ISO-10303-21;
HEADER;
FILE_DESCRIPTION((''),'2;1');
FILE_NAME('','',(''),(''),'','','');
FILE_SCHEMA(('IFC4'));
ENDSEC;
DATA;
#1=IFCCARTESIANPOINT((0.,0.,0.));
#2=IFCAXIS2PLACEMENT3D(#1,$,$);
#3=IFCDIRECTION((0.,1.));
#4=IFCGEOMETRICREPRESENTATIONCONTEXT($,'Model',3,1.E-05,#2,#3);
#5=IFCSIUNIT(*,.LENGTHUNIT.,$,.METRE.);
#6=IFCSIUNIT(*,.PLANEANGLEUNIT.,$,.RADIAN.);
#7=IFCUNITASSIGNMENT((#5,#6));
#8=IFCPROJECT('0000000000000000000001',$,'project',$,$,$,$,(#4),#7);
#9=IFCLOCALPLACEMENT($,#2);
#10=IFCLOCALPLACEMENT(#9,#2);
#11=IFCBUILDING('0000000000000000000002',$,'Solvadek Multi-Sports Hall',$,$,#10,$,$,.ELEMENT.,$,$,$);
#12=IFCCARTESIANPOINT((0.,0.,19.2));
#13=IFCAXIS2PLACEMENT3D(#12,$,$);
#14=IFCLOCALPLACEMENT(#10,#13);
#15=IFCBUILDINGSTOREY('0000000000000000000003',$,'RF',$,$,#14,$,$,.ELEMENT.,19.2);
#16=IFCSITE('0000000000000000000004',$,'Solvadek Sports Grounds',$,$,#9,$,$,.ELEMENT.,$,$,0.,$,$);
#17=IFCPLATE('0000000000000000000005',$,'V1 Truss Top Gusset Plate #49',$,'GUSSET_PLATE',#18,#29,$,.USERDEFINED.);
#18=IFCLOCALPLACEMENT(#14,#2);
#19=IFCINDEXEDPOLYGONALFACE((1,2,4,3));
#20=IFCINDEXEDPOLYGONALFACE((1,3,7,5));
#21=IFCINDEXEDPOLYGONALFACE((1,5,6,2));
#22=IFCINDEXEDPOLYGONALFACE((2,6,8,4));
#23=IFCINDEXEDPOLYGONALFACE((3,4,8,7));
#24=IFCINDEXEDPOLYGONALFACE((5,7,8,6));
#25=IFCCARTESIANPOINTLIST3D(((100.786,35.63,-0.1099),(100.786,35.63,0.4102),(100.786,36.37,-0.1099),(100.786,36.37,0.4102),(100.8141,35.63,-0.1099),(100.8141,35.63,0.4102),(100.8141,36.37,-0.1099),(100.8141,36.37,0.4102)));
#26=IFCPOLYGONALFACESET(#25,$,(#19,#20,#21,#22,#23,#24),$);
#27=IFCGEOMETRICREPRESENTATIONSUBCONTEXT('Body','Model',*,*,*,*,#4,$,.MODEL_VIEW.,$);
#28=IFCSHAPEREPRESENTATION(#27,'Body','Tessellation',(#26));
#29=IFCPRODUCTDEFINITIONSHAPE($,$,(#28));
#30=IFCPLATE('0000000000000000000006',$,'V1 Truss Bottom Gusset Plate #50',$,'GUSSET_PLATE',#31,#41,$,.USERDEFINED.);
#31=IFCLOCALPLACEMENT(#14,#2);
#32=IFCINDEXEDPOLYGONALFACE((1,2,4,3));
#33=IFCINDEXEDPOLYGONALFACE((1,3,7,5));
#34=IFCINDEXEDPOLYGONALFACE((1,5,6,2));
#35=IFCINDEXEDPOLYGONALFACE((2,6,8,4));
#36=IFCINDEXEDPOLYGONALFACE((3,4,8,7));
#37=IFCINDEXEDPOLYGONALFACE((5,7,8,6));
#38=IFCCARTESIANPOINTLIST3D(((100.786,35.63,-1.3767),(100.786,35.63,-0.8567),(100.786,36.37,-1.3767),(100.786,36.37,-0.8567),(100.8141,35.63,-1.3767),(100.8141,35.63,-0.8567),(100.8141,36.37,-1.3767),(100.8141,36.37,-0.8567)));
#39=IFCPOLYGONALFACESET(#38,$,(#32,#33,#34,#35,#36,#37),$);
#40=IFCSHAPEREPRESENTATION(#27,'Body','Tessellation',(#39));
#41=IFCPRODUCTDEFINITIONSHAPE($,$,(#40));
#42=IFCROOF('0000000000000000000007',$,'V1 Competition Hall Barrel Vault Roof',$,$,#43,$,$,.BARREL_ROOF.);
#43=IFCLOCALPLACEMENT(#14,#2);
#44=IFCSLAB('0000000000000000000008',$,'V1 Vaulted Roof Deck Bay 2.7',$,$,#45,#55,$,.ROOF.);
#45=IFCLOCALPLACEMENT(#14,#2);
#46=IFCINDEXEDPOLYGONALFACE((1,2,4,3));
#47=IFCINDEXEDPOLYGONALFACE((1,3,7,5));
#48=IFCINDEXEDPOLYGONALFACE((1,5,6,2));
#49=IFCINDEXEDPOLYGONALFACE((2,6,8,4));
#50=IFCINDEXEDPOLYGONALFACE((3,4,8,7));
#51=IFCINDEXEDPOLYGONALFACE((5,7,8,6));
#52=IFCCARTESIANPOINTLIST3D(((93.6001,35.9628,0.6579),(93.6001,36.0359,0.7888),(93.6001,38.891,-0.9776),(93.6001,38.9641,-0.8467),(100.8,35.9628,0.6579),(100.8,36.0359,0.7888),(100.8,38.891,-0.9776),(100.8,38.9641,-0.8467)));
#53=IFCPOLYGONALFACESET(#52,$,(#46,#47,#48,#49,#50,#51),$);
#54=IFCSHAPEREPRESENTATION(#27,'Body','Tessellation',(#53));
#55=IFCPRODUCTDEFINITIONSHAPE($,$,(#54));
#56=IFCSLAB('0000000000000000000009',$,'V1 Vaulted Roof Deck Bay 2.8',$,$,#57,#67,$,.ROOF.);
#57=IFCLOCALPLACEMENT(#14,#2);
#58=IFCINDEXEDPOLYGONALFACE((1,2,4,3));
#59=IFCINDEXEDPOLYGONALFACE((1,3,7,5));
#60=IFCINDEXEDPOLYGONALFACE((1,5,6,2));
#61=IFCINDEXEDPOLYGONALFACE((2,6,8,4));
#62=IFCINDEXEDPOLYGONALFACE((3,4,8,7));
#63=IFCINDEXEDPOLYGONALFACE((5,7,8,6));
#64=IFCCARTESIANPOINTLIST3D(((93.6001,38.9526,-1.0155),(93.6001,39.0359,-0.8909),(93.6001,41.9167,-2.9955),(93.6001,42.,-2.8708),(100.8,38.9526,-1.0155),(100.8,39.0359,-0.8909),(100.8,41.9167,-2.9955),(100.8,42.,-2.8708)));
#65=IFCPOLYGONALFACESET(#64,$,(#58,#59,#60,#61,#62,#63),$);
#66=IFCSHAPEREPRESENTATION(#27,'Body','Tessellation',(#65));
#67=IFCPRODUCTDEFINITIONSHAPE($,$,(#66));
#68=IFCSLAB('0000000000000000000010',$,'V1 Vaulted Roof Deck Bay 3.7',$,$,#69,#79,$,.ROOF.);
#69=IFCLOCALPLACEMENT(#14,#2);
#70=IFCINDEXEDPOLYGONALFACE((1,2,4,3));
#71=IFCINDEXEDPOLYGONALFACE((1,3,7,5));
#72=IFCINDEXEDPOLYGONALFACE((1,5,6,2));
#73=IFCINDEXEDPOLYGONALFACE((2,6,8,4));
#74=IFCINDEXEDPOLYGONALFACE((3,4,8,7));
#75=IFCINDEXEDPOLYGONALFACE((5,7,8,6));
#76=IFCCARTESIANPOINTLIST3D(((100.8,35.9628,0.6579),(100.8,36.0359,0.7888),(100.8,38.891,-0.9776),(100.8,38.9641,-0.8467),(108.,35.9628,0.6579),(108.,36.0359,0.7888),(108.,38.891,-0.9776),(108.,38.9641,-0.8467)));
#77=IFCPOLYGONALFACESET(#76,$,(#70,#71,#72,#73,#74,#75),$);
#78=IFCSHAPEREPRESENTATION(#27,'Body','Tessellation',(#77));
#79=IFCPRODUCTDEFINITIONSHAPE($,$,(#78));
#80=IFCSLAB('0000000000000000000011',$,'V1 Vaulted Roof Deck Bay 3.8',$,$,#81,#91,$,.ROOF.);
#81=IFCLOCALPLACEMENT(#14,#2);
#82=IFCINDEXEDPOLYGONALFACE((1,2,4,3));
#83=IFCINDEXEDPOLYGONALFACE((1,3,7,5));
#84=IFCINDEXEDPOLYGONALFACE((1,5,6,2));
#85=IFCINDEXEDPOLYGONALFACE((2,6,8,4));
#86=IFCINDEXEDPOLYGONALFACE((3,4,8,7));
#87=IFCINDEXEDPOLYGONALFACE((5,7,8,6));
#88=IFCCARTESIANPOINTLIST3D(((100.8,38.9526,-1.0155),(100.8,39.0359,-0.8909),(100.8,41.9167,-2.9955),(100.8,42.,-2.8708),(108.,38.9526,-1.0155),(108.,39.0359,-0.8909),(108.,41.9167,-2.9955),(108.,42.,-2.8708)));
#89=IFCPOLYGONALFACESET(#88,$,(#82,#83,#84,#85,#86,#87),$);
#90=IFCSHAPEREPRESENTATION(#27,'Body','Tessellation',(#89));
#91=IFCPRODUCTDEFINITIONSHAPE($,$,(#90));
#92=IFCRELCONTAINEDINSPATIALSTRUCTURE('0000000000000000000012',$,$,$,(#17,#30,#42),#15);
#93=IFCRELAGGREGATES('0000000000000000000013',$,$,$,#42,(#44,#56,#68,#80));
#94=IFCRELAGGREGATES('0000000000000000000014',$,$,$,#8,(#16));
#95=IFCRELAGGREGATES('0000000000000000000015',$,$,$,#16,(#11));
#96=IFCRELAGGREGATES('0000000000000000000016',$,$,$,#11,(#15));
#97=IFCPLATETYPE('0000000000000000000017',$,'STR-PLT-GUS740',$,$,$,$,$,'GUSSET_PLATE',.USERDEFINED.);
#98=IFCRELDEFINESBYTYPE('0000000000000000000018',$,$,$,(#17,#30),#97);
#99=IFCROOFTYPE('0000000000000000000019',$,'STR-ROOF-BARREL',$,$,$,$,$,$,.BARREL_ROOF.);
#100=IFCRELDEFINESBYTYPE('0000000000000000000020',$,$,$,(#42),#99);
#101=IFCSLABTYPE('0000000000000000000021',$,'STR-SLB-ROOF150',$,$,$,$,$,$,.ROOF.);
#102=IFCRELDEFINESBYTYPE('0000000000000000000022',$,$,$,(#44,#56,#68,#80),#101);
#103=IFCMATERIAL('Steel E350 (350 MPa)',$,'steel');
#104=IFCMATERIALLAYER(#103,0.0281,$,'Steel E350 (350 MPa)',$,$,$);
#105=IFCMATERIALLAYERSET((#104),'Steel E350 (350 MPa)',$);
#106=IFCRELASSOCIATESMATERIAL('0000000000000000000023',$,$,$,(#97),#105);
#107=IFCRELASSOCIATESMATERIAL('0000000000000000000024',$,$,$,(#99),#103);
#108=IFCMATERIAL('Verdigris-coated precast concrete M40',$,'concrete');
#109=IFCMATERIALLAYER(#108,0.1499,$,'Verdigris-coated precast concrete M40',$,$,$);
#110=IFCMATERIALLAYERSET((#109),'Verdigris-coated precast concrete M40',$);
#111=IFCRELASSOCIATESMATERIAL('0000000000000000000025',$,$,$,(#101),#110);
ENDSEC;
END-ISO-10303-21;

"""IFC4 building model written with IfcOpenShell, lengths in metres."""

from ifc_helpers import new_model, si_unit, direction, frame, origin, origin_2d, place, context, subcontext, project, spatial, polyline, rectangle, outline, extrude, material, layer, layer_set, type_object, element, aggregate, save


model = new_model("IFC4")

# Units and contexts
model_context = context("Model", 3, precision=1e-05, world=origin(), true_north=direction((0.0, 1.0)))
body_context = subcontext(model_context, "Body", "Model", "MODEL_VIEW")
ifc_project = project(units=[si_unit("LENGTHUNIT", "METRE"), si_unit("PLANEANGLEUNIT", "RADIAN")], contexts=[model_context])

# Site, building, storey
site_placement = place(None, origin())
site = spatial("IfcSite", under=ifc_project, at=site_placement, Name="Solvadek Sports Grounds", CompositionType="ELEMENT", RefElevation=0.0)
building_placement = place(site_placement, origin())
building = spatial("IfcBuilding", under=site, at=building_placement, Name="Solvadek Multi-Sports Hall", CompositionType="ELEMENT")
storey_placement = place(building_placement, frame((0.0, 0.0, 19.2)))
storey = spatial("IfcBuildingStorey", under=building, at=storey_placement, Name="RF", CompositionType="ELEMENT", Elevation=19.2)

# Shared definitions
ifc_material_1 = material(Name="Steel E350 (350 MPa)", Category="steel")

# Plates
ifc_layer_1 = layer(ifc_material_1, 0.0281, Name="Steel E350 (350 MPa)")
ifc_layer_set_1 = layer_set([ifc_layer_1], Name="Steel E350 (350 MPa)")
plate_type_1 = type_object("IfcPlateType", Name="STR-PLT-GUS740", ElementType="GUSSET_PLATE", PredefinedType="USERDEFINED", material=ifc_layer_set_1)
for number, where, z_axis, x_axis, name in (
    (1, (100.8, 36.0, -0.1099), (0.0, 0.0, 1.0), (0.0, 1.0, 0.0), "V1 Truss Top Gusset Plate #49"),
    (2, (100.8, 36.0, -1.3767), (0.0, 0.0, 1.0), (0.0, 1.0, 0.0), "V1 Truss Bottom Gusset Plate #50"),
):
    element("IfcPlate", number, at=place(storey_placement, frame(where, z_axis=z_axis, x_axis=x_axis)), inside=storey, type_object=plate_type_1, Name=name, ObjectType="GUSSET_PLATE", PredefinedType="USERDEFINED", context=body_context, shape_type="SweptSolid", body=[
        extrude(rectangle(XDim=0.74, YDim=0.0281, at=origin_2d()), origin(), (0.0, 0.0, 1.0), 0.52),
    ])

# Roof, slabs
roof_type = type_object("IfcRoofType", Name="STR-ROOF-BARREL", PredefinedType="BARREL_ROOF", material=ifc_material_1)
roof_placement = place(storey_placement, origin())
roof = element("IfcRoof", 3, at=roof_placement, inside=storey, type_object=roof_type, Name="V1 Competition Hall Barrel Vault Roof", PredefinedType="BARREL_ROOF")
ifc_material_2 = material(Name="Verdigris-coated precast concrete M40", Category="concrete")
ifc_layer_2 = layer(ifc_material_2, 0.1499, Name="Verdigris-coated precast concrete M40")
ifc_layer_set_2 = layer_set([ifc_layer_2], Name="Verdigris-coated precast concrete M40")
slab_type = type_object("IfcSlabType", Name="STR-SLB-ROOF150", PredefinedType="ROOF", material=ifc_layer_set_2)
slab_1_placement = place(storey_placement, frame((93.6001, 36.0359, 0.7888), z_axis=(0.0, 0.487626, 0.873053), x_axis=(1.0, 0.0, 0.0)))
slab_1 = element("IfcSlab", 4, at=slab_1_placement, type_object=slab_type, Name="V1 Vaulted Roof Deck Bay 2.7", PredefinedType="ROOF", context=body_context, shape_type="SweptSolid", body=[
    extrude(outline(polyline([(0.0, 0.0), (7.2, 0.0), (7.2, 3.354), (0.0, 3.354), (0.0, 0.0)])), origin(), (0.0, 0.0, -1.0), 0.1499),
])
slab_2_placement = place(storey_placement, frame((93.6001, 39.0359, -0.8909), z_axis=(0.0, 0.555459, 0.831544), x_axis=(1.0, 0.0, 0.0)))
slab_2 = element("IfcSlab", 5, at=slab_2_placement, type_object=slab_type, Name="V1 Vaulted Roof Deck Bay 2.8", PredefinedType="ROOF", context=body_context, shape_type="SweptSolid", body=[
    extrude(outline(polyline([(0.0, 0.0), (7.2, 0.0), (7.2, 3.5646), (0.0, 3.5646), (0.0, 0.0)])), origin(), (0.0, 0.0, -1.0), 0.1499),
])
slab_3_placement = place(storey_placement, frame((100.8, 36.0359, 0.7888), z_axis=(0.0, 0.487626, 0.873053), x_axis=(1.0, 0.0, 0.0)))
slab_3 = element("IfcSlab", 6, at=slab_3_placement, type_object=slab_type, Name="V1 Vaulted Roof Deck Bay 3.7", PredefinedType="ROOF", context=body_context, shape_type="SweptSolid", body=[
    extrude(outline(polyline([(0.0, 0.0), (7.2, 0.0), (7.2, 3.354), (0.0, 3.354), (0.0, 0.0)])), origin(), (0.0, 0.0, -1.0), 0.1499),
])
slab_4_placement = place(storey_placement, frame((100.8, 39.0359, -0.8909), z_axis=(0.0, 0.555459, 0.831544), x_axis=(1.0, 0.0, 0.0)))
slab_4 = element("IfcSlab", 7, at=slab_4_placement, type_object=slab_type, Name="V1 Vaulted Roof Deck Bay 3.8", PredefinedType="ROOF", context=body_context, shape_type="SweptSolid", body=[
    extrude(outline(polyline([(0.0, 0.0), (7.2, 0.0), (7.2, 3.5646), (0.0, 3.5646), (0.0, 0.0)])), origin(), (0.0, 0.0, -1.0), 0.1499),
])
aggregate(roof, [slab_1, slab_2, slab_3, slab_4])

save(model, "model.ifc")
